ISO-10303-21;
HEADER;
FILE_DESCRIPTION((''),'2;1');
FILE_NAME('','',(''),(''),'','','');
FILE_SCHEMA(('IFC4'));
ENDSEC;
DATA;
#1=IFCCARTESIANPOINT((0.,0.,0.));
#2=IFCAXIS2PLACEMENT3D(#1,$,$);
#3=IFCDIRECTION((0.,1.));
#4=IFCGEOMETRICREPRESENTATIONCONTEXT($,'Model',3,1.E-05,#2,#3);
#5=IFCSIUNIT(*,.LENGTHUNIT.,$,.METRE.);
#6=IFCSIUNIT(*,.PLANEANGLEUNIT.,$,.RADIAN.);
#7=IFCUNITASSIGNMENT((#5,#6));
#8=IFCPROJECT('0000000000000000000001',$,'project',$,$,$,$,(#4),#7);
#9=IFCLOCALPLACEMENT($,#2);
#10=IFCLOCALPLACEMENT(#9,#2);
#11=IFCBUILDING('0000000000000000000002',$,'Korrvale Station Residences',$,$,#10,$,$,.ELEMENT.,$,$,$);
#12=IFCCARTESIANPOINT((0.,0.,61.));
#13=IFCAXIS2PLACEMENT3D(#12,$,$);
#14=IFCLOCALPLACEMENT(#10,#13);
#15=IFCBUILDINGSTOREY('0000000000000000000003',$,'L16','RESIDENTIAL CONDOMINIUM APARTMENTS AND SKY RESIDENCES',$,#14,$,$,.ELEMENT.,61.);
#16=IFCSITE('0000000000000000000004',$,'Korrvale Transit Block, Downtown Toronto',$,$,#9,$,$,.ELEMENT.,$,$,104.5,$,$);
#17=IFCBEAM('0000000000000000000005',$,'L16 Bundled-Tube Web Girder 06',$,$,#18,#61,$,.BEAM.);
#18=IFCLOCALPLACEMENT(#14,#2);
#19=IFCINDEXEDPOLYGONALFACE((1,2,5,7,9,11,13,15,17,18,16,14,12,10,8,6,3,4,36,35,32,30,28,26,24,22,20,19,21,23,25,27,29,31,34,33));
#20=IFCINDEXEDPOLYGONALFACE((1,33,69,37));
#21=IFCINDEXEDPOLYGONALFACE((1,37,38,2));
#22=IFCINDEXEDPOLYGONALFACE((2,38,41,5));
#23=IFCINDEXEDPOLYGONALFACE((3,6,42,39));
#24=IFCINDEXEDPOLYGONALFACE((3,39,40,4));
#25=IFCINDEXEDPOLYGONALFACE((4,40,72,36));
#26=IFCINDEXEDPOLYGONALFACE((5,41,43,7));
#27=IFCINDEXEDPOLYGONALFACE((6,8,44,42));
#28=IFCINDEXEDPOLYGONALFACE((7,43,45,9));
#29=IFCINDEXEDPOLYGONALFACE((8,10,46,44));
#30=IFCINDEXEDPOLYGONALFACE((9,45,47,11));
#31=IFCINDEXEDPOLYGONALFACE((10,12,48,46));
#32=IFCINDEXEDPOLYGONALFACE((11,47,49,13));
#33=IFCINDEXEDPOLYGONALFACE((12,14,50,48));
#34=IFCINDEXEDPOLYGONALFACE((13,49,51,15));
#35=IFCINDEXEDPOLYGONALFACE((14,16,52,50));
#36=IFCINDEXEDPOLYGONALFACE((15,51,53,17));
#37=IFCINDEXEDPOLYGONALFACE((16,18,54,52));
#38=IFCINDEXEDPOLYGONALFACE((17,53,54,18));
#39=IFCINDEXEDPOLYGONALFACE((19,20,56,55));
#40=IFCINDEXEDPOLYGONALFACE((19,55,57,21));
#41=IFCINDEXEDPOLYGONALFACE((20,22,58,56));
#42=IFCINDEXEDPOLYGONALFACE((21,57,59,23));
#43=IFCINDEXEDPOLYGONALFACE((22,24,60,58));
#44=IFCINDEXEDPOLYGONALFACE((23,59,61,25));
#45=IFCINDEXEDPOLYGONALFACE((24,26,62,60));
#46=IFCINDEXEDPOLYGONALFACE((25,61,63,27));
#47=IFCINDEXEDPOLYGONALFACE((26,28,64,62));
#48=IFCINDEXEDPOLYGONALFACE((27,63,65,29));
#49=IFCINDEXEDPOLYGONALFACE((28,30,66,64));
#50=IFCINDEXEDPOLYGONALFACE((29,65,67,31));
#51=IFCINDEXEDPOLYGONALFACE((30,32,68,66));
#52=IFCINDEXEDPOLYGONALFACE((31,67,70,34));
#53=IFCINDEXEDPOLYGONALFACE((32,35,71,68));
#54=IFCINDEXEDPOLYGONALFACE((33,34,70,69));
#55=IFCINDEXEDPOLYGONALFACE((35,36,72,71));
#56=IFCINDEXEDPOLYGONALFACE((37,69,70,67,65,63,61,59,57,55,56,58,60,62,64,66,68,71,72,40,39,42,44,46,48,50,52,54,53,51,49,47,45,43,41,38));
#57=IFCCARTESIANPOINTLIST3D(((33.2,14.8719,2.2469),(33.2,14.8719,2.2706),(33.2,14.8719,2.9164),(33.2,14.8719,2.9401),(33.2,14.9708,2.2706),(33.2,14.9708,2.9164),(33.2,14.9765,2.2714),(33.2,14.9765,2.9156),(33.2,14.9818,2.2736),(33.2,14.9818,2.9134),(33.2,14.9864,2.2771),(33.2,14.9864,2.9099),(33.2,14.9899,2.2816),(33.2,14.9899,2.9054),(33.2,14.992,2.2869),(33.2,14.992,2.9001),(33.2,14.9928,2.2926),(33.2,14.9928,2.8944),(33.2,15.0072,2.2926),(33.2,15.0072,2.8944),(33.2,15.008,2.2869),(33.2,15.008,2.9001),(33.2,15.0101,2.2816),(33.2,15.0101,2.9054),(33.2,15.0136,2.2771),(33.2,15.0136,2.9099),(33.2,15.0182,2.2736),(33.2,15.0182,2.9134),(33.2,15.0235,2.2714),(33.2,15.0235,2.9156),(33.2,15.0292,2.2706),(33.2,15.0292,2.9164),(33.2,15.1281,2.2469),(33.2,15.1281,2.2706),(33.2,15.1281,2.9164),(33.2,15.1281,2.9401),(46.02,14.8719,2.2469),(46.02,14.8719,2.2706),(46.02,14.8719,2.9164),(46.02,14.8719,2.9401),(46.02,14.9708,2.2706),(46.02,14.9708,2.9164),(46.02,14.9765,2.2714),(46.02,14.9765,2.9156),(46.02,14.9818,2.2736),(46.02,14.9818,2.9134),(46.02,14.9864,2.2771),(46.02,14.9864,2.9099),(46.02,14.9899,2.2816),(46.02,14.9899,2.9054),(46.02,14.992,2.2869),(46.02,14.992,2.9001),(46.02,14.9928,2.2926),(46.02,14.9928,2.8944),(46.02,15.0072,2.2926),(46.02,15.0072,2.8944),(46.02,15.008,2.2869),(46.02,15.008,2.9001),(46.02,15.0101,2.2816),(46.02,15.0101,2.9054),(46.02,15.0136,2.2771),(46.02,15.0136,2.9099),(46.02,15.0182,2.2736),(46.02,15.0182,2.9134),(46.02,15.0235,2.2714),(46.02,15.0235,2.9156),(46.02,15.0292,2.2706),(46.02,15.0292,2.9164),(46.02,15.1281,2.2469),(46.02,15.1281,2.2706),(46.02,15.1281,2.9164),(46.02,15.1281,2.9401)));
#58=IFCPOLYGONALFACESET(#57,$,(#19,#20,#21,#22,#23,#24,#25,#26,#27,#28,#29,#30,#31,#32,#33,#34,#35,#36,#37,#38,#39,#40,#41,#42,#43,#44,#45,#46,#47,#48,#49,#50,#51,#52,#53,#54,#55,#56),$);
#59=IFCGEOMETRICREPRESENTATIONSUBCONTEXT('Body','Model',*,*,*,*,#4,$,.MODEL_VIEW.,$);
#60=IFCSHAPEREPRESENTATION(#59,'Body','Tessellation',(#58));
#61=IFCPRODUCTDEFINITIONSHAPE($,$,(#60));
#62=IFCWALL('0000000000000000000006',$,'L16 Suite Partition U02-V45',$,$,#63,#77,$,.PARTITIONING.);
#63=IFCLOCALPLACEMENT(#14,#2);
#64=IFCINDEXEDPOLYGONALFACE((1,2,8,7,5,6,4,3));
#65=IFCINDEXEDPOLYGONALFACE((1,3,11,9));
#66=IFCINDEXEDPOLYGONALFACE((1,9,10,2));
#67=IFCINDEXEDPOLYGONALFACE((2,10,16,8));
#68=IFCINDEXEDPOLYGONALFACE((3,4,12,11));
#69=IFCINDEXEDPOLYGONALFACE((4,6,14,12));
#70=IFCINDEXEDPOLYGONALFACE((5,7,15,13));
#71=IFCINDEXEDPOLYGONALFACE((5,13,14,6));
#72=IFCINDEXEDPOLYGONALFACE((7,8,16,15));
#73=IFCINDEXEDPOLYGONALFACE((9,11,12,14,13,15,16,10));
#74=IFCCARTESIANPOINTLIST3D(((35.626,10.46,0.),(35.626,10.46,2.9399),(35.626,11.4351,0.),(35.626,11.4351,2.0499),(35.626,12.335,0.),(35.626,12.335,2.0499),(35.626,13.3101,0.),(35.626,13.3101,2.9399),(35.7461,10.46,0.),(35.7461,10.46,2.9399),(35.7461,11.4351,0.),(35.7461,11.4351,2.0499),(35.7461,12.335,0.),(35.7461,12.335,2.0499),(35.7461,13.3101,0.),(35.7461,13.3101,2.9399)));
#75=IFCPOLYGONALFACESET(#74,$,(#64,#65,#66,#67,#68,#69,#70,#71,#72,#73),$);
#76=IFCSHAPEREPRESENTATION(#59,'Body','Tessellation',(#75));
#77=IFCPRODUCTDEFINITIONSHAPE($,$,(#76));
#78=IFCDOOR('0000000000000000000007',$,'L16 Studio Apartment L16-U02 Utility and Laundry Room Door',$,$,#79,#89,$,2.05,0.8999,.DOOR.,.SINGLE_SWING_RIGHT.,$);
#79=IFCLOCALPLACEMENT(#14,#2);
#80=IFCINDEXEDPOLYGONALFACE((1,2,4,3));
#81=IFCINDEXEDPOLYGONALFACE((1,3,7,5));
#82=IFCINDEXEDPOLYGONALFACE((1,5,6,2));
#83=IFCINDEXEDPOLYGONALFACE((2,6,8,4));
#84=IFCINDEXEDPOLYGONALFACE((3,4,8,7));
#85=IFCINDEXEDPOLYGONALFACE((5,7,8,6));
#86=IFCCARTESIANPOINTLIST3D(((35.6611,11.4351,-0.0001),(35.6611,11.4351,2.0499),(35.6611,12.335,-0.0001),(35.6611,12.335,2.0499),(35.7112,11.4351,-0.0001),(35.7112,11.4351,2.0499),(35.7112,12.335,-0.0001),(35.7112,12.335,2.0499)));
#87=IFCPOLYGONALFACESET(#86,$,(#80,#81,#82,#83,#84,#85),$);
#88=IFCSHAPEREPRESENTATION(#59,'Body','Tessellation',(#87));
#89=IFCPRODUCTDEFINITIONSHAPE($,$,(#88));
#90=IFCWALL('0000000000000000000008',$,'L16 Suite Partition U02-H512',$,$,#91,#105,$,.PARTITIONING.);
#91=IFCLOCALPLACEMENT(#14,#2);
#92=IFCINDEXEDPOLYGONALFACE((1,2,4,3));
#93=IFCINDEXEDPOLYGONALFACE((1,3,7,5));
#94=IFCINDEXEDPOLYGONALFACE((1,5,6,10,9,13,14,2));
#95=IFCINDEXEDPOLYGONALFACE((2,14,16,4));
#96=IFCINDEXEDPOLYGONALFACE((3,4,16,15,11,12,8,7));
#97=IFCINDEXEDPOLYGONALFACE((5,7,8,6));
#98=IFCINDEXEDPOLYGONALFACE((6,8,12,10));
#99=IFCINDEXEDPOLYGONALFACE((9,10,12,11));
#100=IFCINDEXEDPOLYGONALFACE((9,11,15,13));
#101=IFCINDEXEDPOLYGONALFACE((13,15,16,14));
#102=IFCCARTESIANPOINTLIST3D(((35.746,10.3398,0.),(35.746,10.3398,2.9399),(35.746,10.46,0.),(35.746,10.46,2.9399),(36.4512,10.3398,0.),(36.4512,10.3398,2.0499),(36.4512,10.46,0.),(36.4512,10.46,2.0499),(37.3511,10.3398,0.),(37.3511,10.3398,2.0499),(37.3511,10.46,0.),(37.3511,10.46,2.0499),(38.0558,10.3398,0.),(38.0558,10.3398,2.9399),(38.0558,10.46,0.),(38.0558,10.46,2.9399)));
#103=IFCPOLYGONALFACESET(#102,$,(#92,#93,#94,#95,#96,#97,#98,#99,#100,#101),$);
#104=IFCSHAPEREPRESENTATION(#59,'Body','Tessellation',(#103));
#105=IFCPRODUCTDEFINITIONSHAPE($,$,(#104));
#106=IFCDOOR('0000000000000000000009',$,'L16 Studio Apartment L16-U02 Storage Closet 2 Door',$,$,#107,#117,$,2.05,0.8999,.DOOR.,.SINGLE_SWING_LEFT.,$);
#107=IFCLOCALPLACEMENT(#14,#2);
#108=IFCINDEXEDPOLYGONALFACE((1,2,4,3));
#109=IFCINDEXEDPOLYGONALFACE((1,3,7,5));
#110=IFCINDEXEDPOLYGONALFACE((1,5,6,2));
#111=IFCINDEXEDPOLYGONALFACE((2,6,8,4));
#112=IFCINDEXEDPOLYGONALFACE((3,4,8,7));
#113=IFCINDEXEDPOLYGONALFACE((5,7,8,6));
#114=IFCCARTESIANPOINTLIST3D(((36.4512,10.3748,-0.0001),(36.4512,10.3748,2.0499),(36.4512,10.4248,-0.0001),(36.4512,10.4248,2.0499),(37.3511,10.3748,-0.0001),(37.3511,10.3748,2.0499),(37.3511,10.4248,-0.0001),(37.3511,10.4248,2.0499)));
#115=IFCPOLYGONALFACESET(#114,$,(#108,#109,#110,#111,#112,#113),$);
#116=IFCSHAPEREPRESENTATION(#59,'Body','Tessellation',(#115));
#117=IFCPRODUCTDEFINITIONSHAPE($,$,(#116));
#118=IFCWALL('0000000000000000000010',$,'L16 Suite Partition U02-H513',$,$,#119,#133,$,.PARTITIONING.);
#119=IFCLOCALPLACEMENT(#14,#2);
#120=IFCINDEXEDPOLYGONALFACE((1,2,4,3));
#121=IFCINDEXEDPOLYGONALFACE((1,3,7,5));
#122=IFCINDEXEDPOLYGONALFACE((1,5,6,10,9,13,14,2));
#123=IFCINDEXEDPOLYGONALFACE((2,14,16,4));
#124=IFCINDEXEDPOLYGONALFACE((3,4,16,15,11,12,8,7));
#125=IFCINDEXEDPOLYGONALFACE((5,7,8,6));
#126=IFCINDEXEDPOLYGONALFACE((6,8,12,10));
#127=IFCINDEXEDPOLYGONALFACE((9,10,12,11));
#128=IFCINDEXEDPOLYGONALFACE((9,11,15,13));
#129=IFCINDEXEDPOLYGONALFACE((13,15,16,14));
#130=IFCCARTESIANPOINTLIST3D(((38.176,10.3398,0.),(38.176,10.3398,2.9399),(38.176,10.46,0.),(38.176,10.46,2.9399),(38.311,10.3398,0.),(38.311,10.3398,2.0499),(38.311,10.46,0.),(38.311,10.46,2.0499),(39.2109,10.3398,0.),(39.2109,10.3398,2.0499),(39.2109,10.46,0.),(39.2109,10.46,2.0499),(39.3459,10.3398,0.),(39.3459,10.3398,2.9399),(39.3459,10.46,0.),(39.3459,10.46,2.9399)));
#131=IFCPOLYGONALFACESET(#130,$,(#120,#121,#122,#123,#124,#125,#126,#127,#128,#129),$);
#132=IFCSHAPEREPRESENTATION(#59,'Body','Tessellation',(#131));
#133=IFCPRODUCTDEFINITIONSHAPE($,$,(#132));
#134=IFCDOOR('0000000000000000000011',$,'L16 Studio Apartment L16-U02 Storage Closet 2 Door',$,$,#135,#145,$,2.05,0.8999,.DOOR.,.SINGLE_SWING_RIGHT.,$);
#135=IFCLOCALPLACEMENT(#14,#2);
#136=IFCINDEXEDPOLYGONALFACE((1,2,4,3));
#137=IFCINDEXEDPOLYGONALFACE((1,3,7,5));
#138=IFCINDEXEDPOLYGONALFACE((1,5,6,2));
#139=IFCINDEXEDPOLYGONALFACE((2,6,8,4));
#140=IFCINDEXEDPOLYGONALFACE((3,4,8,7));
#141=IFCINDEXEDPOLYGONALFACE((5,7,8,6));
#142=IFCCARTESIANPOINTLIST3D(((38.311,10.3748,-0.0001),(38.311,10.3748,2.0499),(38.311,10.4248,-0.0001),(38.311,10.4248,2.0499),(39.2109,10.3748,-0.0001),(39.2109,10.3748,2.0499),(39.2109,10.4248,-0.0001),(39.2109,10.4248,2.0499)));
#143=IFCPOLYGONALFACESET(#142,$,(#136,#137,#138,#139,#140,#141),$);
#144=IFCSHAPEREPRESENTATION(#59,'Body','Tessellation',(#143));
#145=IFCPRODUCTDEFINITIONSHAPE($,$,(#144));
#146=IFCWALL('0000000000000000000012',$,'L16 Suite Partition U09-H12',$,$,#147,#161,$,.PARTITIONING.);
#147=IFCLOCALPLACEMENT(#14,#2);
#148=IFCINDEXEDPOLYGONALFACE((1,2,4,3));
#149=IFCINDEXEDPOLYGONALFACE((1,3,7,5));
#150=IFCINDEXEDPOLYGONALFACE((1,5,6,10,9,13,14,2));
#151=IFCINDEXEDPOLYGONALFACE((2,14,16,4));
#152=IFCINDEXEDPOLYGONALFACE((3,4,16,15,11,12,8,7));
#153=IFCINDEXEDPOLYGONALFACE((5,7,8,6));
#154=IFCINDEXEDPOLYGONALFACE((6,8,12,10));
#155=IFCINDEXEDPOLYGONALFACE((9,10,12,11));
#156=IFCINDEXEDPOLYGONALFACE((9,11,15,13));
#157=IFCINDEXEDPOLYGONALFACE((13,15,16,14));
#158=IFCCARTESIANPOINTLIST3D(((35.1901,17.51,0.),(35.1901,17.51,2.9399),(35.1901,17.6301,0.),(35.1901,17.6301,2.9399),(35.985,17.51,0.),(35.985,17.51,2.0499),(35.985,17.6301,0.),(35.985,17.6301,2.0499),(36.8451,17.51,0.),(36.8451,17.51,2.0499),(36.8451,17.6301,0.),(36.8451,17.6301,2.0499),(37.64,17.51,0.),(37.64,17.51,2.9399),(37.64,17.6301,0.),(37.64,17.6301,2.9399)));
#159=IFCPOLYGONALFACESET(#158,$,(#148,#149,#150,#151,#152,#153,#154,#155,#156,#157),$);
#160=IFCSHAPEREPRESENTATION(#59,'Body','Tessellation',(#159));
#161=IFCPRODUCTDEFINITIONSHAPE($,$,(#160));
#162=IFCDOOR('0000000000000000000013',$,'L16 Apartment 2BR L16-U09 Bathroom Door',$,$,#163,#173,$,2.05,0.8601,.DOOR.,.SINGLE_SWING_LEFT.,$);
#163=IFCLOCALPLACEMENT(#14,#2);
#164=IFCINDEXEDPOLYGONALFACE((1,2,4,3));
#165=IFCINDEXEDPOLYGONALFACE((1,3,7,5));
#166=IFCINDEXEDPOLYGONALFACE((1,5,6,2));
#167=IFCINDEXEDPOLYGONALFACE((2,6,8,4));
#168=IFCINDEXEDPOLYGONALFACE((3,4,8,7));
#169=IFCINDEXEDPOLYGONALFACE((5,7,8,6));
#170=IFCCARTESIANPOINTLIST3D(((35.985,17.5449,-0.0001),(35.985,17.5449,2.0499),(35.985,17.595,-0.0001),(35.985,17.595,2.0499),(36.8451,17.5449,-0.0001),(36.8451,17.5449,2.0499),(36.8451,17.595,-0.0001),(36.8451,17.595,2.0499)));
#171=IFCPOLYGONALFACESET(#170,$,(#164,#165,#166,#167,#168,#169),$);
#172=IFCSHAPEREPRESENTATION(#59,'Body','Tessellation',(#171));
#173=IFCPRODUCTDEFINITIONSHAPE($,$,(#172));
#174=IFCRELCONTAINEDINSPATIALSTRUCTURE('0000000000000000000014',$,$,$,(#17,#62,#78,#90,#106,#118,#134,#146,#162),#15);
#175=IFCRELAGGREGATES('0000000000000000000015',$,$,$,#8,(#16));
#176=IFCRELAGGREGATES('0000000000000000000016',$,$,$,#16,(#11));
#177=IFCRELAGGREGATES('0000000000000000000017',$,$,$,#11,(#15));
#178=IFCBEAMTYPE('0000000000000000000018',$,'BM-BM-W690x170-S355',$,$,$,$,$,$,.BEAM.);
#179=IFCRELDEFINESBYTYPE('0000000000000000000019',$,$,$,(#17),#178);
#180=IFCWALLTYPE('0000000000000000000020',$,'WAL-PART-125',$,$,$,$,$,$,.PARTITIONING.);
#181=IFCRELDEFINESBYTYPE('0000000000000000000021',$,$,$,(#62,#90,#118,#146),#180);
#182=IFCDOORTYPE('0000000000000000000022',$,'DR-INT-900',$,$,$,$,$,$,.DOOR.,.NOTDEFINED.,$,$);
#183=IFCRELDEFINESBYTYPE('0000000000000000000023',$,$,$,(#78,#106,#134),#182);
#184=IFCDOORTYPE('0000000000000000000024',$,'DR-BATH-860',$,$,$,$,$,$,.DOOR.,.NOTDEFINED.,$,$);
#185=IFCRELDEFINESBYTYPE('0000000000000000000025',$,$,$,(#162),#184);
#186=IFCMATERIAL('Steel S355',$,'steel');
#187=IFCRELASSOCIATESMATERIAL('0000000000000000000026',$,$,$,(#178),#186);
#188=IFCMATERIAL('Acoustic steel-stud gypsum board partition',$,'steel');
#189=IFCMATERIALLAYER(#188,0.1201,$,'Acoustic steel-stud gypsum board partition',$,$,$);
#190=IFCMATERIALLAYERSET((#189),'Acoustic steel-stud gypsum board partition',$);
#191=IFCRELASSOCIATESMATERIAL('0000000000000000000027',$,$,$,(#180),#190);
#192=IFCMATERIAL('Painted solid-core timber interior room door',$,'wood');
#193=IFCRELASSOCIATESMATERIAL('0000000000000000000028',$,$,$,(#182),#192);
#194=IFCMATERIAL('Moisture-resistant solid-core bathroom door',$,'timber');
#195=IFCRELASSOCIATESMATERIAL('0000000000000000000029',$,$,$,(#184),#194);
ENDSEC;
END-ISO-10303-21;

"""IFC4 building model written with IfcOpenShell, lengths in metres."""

from ifc_helpers import new_model, si_unit, direction, frame, frame_2d, origin, origin_2d, place, context, subcontext, project, spatial, rectangle, i_section, extrude, material, layer, layer_set, material_profile, profile_set, type_object, element, fill, save


model = new_model("IFC4")

# Units and contexts
model_context = context("Model", 3, precision=1e-05, world=origin(), true_north=direction((0.0, 1.0)))
body_context = subcontext(model_context, "Body", "Model", "MODEL_VIEW")
ifc_project = project(units=[si_unit("LENGTHUNIT", "METRE"), si_unit("PLANEANGLEUNIT", "RADIAN")], contexts=[model_context])

# Site, building, storey
site_placement = place(None, origin())
site = spatial("IfcSite", under=ifc_project, at=site_placement, Name="Korrvale Transit Block, Downtown Toronto", CompositionType="ELEMENT", RefElevation=104.5)
building_placement = place(site_placement, origin())
building = spatial("IfcBuilding", under=site, at=building_placement, Name="Korrvale Station Residences", CompositionType="ELEMENT")
storey_placement = place(building_placement, frame((0.0, 0.0, 61.0)))
storey = spatial("IfcBuildingStorey", under=building, at=storey_placement, Name="L16", Description="RESIDENTIAL CONDOMINIUM APARTMENTS AND SKY RESIDENCES", CompositionType="ELEMENT", Elevation=61.0)

# Beam
ifc_material_1 = material(Name="Steel S355", Category="steel")
ifc_material_profile = material_profile(ifc_material_1, i_section(OverallWidth=0.2561, OverallDepth=0.6931, WebThickness=0.0144, FlangeThickness=0.0237, FilletRadius=0.022, at=origin_2d()), Name="W690x170")
ifc_profile_set = profile_set([ifc_material_profile], Name="Steel S355")
beam_type = type_object("IfcBeamType", Name="BM-BM-W690x170-S355", PredefinedType="BEAM", material=ifc_profile_set)
beam_placement = place(storey_placement, frame((33.2, 15.0, 2.5935), z_axis=(1.0, 0.0, 0.0), x_axis=(0.0, 1.0, 0.0)))
element("IfcBeam", 1, at=beam_placement, inside=storey, type_object=beam_type, Name="L16 Bundled-Tube Web Girder 06", PredefinedType="BEAM", context=body_context, shape_type="SweptSolid", body=[
    extrude(i_section(OverallWidth=0.2561, OverallDepth=0.6931, WebThickness=0.0144, FlangeThickness=0.0237, FilletRadius=0.022, at=origin_2d()), origin(), (0.0, 0.0, 1.0), 12.8201),
])

# Walls, openings, doors
ifc_material_2 = material(Name="Acoustic steel-stud gypsum board partition", Category="steel")
ifc_layer_1 = layer(ifc_material_2, 0.1201, Name="Acoustic steel-stud gypsum board partition")
ifc_layer_set_1 = layer_set([ifc_layer_1], Name="Acoustic steel-stud gypsum board partition")
wall_type_1 = type_object("IfcWallType", Name="WAL-PART-125", PredefinedType="PARTITIONING", material=ifc_layer_set_1)
wall_1_placement = place(storey_placement, frame((35.686, 10.46, 0.0), z_axis=(0.0, 0.0, 1.0), x_axis=(0.0, 1.0, 0.0)))
wall_1 = element("IfcWall", 2, at=wall_1_placement, inside=storey, type_object=wall_type_1, Name="L16 Suite Partition U02-V45", PredefinedType="PARTITIONING", context=body_context, shape_type="SweptSolid", body=[
    extrude(rectangle(XDim=2.8501, YDim=0.1201, at=frame_2d((1.425, 0.0))), origin(), (0.0, 0.0, 1.0), 2.9399),
])
opening_1_placement = place(wall_1_placement, frame((0.9751, 0.0, 0.0)))
opening_1 = element("IfcOpeningElement", 3, at=opening_1_placement, cuts=wall_1, PredefinedType="OPENING", context=body_context, shape_type="SweptSolid", body=[
    extrude(rectangle(XDim=0.8999, YDim=2.05, at=frame_2d((0.45, 1.0249))), frame((0.0, 0.0701, 0.0), z_axis=(0.0, -1.0, 0.0), x_axis=(1.0, 0.0, 0.0)), (0.0, 0.0, 1.0), 0.1401),
])
ifc_material_3 = material(Name="Painted solid-core timber interior room door", Category="wood")
door_type_1 = type_object("IfcDoorType", Name="DR-INT-900", OperationType="NOTDEFINED", PredefinedType="DOOR", material=ifc_material_3)
door_1_placement = place(opening_1_placement, origin())
door_1 = element("IfcDoor", 4, at=door_1_placement, inside=storey, type_object=door_type_1, Name="L16 Studio Apartment L16-U02 Utility and Laundry Room Door", OperationType="SINGLE_SWING_RIGHT", OverallHeight=2.05, OverallWidth=0.8999, PredefinedType="DOOR", context=body_context, shape_type="SweptSolid", body=[
    extrude(rectangle(XDim=0.8999, YDim=2.05, at=frame_2d((0.45, 1.0249))), frame((0.0, 0.0249, 0.0), z_axis=(0.0, -1.0, 0.0), x_axis=(1.0, 0.0, 0.0)), (0.0, 0.0, 1.0), 0.05),
])
fill(opening_1, door_1)
wall_2_placement = place(storey_placement, frame((35.7461, 10.3999, 0.0), z_axis=(0.0, 0.0, 1.0), x_axis=(1.0, 0.0, 0.0)))
wall_2 = element("IfcWall", 5, at=wall_2_placement, inside=storey, type_object=wall_type_1, Name="L16 Suite Partition U02-H512", PredefinedType="PARTITIONING", context=body_context, shape_type="SweptSolid", body=[
    extrude(rectangle(XDim=2.3098, YDim=0.1201, at=frame_2d((1.1548, 0.0))), origin(), (0.0, 0.0, 1.0), 2.9399),
])
opening_2_placement = place(wall_2_placement, frame((0.7051, 0.0, 0.0)))
opening_2 = element("IfcOpeningElement", 6, at=opening_2_placement, cuts=wall_2, PredefinedType="OPENING", context=body_context, shape_type="SweptSolid", body=[
    extrude(rectangle(XDim=0.8999, YDim=2.05, at=frame_2d((0.45, 1.0249))), frame((0.0, 0.0701, 0.0), z_axis=(0.0, -1.0, 0.0), x_axis=(1.0, 0.0, 0.0)), (0.0, 0.0, 1.0), 0.1401),
])
door_2_placement = place(opening_2_placement, origin())
door_2 = element("IfcDoor", 7, at=door_2_placement, inside=storey, type_object=door_type_1, Name="L16 Studio Apartment L16-U02 Storage Closet 2 Door", OperationType="SINGLE_SWING_LEFT", OverallHeight=2.05, OverallWidth=0.8999, PredefinedType="DOOR", context=body_context, shape_type="SweptSolid", body=[
    extrude(rectangle(XDim=0.8999, YDim=2.05, at=frame_2d((0.45, 1.0249))), frame((0.0, 0.0249, 0.0), z_axis=(0.0, -1.0, 0.0), x_axis=(1.0, 0.0, 0.0)), (0.0, 0.0, 1.0), 0.05),
])
fill(opening_2, door_2)
wall_3_placement = place(storey_placement, frame((38.176, 10.3999, 0.0), z_axis=(0.0, 0.0, 1.0), x_axis=(1.0, 0.0, 0.0)))
wall_3 = element("IfcWall", 8, at=wall_3_placement, inside=storey, type_object=wall_type_1, Name="L16 Suite Partition U02-H513", PredefinedType="PARTITIONING", context=body_context, shape_type="SweptSolid", body=[
    extrude(rectangle(XDim=1.1699, YDim=0.1201, at=frame_2d((0.585, 0.0))), origin(), (0.0, 0.0, 1.0), 2.9399),
])
opening_3_placement = place(wall_3_placement, frame((0.135, 0.0, 0.0)))
opening_3 = element("IfcOpeningElement", 9, at=opening_3_placement, cuts=wall_3, PredefinedType="OPENING", context=body_context, shape_type="SweptSolid", body=[
    extrude(rectangle(XDim=0.8999, YDim=2.05, at=frame_2d((0.45, 1.0249))), frame((0.0, 0.0701, 0.0), z_axis=(0.0, -1.0, 0.0), x_axis=(1.0, 0.0, 0.0)), (0.0, 0.0, 1.0), 0.1401),
])
door_3_placement = place(opening_3_placement, origin())
door_3 = element("IfcDoor", 10, at=door_3_placement, inside=storey, type_object=door_type_1, Name="L16 Studio Apartment L16-U02 Storage Closet 2 Door", OperationType="SINGLE_SWING_RIGHT", OverallHeight=2.05, OverallWidth=0.8999, PredefinedType="DOOR", context=body_context, shape_type="SweptSolid", body=[
    extrude(rectangle(XDim=0.8999, YDim=2.05, at=frame_2d((0.45, 1.0249))), frame((0.0, 0.0249, 0.0), z_axis=(0.0, -1.0, 0.0), x_axis=(1.0, 0.0, 0.0)), (0.0, 0.0, 1.0), 0.05),
])
fill(opening_3, door_3)
wall_4_placement = place(storey_placement, frame((35.1899, 17.5701, 0.0), z_axis=(0.0, 0.0, 1.0), x_axis=(1.0, 0.0, 0.0)))
wall_4 = element("IfcWall", 11, at=wall_4_placement, inside=storey, type_object=wall_type_1, Name="L16 Suite Partition U09-H12", PredefinedType="PARTITIONING", context=body_context, shape_type="SweptSolid", body=[
    extrude(rectangle(XDim=2.45, YDim=0.1201, at=frame_2d((1.2251, 0.0))), origin(), (0.0, 0.0, 1.0), 2.9399),
])
opening_4_placement = place(wall_4_placement, frame((0.7949, 0.0, 0.0)))
opening_4 = element("IfcOpeningElement", 12, at=opening_4_placement, cuts=wall_4, PredefinedType="OPENING", context=body_context, shape_type="SweptSolid", body=[
    extrude(rectangle(XDim=0.8601, YDim=2.05, at=frame_2d((0.4302, 1.0249))), frame((0.0, 0.0701, 0.0), z_axis=(0.0, -1.0, 0.0), x_axis=(1.0, 0.0, 0.0)), (0.0, 0.0, 1.0), 0.1401),
])
ifc_material_4 = material(Name="Moisture-resistant solid-core bathroom door", Category="timber")
door_type_2 = type_object("IfcDoorType", Name="DR-BATH-860", OperationType="NOTDEFINED", PredefinedType="DOOR", material=ifc_material_4)
door_4_placement = place(opening_4_placement, origin())
door_4 = element("IfcDoor", 13, at=door_4_placement, inside=storey, type_object=door_type_2, Name="L16 Apartment 2BR L16-U09 Bathroom Door", OperationType="SINGLE_SWING_LEFT", OverallHeight=2.05, OverallWidth=0.8601, PredefinedType="DOOR", context=body_context, shape_type="SweptSolid", body=[
    extrude(rectangle(XDim=0.8601, YDim=2.05, at=frame_2d((0.4302, 1.0249))), frame((0.0, 0.0249, 0.0), z_axis=(0.0, -1.0, 0.0), x_axis=(1.0, 0.0, 0.0)), (0.0, 0.0, 1.0), 0.05),
])
fill(opening_4, door_4)

save(model, "model.ifc")
